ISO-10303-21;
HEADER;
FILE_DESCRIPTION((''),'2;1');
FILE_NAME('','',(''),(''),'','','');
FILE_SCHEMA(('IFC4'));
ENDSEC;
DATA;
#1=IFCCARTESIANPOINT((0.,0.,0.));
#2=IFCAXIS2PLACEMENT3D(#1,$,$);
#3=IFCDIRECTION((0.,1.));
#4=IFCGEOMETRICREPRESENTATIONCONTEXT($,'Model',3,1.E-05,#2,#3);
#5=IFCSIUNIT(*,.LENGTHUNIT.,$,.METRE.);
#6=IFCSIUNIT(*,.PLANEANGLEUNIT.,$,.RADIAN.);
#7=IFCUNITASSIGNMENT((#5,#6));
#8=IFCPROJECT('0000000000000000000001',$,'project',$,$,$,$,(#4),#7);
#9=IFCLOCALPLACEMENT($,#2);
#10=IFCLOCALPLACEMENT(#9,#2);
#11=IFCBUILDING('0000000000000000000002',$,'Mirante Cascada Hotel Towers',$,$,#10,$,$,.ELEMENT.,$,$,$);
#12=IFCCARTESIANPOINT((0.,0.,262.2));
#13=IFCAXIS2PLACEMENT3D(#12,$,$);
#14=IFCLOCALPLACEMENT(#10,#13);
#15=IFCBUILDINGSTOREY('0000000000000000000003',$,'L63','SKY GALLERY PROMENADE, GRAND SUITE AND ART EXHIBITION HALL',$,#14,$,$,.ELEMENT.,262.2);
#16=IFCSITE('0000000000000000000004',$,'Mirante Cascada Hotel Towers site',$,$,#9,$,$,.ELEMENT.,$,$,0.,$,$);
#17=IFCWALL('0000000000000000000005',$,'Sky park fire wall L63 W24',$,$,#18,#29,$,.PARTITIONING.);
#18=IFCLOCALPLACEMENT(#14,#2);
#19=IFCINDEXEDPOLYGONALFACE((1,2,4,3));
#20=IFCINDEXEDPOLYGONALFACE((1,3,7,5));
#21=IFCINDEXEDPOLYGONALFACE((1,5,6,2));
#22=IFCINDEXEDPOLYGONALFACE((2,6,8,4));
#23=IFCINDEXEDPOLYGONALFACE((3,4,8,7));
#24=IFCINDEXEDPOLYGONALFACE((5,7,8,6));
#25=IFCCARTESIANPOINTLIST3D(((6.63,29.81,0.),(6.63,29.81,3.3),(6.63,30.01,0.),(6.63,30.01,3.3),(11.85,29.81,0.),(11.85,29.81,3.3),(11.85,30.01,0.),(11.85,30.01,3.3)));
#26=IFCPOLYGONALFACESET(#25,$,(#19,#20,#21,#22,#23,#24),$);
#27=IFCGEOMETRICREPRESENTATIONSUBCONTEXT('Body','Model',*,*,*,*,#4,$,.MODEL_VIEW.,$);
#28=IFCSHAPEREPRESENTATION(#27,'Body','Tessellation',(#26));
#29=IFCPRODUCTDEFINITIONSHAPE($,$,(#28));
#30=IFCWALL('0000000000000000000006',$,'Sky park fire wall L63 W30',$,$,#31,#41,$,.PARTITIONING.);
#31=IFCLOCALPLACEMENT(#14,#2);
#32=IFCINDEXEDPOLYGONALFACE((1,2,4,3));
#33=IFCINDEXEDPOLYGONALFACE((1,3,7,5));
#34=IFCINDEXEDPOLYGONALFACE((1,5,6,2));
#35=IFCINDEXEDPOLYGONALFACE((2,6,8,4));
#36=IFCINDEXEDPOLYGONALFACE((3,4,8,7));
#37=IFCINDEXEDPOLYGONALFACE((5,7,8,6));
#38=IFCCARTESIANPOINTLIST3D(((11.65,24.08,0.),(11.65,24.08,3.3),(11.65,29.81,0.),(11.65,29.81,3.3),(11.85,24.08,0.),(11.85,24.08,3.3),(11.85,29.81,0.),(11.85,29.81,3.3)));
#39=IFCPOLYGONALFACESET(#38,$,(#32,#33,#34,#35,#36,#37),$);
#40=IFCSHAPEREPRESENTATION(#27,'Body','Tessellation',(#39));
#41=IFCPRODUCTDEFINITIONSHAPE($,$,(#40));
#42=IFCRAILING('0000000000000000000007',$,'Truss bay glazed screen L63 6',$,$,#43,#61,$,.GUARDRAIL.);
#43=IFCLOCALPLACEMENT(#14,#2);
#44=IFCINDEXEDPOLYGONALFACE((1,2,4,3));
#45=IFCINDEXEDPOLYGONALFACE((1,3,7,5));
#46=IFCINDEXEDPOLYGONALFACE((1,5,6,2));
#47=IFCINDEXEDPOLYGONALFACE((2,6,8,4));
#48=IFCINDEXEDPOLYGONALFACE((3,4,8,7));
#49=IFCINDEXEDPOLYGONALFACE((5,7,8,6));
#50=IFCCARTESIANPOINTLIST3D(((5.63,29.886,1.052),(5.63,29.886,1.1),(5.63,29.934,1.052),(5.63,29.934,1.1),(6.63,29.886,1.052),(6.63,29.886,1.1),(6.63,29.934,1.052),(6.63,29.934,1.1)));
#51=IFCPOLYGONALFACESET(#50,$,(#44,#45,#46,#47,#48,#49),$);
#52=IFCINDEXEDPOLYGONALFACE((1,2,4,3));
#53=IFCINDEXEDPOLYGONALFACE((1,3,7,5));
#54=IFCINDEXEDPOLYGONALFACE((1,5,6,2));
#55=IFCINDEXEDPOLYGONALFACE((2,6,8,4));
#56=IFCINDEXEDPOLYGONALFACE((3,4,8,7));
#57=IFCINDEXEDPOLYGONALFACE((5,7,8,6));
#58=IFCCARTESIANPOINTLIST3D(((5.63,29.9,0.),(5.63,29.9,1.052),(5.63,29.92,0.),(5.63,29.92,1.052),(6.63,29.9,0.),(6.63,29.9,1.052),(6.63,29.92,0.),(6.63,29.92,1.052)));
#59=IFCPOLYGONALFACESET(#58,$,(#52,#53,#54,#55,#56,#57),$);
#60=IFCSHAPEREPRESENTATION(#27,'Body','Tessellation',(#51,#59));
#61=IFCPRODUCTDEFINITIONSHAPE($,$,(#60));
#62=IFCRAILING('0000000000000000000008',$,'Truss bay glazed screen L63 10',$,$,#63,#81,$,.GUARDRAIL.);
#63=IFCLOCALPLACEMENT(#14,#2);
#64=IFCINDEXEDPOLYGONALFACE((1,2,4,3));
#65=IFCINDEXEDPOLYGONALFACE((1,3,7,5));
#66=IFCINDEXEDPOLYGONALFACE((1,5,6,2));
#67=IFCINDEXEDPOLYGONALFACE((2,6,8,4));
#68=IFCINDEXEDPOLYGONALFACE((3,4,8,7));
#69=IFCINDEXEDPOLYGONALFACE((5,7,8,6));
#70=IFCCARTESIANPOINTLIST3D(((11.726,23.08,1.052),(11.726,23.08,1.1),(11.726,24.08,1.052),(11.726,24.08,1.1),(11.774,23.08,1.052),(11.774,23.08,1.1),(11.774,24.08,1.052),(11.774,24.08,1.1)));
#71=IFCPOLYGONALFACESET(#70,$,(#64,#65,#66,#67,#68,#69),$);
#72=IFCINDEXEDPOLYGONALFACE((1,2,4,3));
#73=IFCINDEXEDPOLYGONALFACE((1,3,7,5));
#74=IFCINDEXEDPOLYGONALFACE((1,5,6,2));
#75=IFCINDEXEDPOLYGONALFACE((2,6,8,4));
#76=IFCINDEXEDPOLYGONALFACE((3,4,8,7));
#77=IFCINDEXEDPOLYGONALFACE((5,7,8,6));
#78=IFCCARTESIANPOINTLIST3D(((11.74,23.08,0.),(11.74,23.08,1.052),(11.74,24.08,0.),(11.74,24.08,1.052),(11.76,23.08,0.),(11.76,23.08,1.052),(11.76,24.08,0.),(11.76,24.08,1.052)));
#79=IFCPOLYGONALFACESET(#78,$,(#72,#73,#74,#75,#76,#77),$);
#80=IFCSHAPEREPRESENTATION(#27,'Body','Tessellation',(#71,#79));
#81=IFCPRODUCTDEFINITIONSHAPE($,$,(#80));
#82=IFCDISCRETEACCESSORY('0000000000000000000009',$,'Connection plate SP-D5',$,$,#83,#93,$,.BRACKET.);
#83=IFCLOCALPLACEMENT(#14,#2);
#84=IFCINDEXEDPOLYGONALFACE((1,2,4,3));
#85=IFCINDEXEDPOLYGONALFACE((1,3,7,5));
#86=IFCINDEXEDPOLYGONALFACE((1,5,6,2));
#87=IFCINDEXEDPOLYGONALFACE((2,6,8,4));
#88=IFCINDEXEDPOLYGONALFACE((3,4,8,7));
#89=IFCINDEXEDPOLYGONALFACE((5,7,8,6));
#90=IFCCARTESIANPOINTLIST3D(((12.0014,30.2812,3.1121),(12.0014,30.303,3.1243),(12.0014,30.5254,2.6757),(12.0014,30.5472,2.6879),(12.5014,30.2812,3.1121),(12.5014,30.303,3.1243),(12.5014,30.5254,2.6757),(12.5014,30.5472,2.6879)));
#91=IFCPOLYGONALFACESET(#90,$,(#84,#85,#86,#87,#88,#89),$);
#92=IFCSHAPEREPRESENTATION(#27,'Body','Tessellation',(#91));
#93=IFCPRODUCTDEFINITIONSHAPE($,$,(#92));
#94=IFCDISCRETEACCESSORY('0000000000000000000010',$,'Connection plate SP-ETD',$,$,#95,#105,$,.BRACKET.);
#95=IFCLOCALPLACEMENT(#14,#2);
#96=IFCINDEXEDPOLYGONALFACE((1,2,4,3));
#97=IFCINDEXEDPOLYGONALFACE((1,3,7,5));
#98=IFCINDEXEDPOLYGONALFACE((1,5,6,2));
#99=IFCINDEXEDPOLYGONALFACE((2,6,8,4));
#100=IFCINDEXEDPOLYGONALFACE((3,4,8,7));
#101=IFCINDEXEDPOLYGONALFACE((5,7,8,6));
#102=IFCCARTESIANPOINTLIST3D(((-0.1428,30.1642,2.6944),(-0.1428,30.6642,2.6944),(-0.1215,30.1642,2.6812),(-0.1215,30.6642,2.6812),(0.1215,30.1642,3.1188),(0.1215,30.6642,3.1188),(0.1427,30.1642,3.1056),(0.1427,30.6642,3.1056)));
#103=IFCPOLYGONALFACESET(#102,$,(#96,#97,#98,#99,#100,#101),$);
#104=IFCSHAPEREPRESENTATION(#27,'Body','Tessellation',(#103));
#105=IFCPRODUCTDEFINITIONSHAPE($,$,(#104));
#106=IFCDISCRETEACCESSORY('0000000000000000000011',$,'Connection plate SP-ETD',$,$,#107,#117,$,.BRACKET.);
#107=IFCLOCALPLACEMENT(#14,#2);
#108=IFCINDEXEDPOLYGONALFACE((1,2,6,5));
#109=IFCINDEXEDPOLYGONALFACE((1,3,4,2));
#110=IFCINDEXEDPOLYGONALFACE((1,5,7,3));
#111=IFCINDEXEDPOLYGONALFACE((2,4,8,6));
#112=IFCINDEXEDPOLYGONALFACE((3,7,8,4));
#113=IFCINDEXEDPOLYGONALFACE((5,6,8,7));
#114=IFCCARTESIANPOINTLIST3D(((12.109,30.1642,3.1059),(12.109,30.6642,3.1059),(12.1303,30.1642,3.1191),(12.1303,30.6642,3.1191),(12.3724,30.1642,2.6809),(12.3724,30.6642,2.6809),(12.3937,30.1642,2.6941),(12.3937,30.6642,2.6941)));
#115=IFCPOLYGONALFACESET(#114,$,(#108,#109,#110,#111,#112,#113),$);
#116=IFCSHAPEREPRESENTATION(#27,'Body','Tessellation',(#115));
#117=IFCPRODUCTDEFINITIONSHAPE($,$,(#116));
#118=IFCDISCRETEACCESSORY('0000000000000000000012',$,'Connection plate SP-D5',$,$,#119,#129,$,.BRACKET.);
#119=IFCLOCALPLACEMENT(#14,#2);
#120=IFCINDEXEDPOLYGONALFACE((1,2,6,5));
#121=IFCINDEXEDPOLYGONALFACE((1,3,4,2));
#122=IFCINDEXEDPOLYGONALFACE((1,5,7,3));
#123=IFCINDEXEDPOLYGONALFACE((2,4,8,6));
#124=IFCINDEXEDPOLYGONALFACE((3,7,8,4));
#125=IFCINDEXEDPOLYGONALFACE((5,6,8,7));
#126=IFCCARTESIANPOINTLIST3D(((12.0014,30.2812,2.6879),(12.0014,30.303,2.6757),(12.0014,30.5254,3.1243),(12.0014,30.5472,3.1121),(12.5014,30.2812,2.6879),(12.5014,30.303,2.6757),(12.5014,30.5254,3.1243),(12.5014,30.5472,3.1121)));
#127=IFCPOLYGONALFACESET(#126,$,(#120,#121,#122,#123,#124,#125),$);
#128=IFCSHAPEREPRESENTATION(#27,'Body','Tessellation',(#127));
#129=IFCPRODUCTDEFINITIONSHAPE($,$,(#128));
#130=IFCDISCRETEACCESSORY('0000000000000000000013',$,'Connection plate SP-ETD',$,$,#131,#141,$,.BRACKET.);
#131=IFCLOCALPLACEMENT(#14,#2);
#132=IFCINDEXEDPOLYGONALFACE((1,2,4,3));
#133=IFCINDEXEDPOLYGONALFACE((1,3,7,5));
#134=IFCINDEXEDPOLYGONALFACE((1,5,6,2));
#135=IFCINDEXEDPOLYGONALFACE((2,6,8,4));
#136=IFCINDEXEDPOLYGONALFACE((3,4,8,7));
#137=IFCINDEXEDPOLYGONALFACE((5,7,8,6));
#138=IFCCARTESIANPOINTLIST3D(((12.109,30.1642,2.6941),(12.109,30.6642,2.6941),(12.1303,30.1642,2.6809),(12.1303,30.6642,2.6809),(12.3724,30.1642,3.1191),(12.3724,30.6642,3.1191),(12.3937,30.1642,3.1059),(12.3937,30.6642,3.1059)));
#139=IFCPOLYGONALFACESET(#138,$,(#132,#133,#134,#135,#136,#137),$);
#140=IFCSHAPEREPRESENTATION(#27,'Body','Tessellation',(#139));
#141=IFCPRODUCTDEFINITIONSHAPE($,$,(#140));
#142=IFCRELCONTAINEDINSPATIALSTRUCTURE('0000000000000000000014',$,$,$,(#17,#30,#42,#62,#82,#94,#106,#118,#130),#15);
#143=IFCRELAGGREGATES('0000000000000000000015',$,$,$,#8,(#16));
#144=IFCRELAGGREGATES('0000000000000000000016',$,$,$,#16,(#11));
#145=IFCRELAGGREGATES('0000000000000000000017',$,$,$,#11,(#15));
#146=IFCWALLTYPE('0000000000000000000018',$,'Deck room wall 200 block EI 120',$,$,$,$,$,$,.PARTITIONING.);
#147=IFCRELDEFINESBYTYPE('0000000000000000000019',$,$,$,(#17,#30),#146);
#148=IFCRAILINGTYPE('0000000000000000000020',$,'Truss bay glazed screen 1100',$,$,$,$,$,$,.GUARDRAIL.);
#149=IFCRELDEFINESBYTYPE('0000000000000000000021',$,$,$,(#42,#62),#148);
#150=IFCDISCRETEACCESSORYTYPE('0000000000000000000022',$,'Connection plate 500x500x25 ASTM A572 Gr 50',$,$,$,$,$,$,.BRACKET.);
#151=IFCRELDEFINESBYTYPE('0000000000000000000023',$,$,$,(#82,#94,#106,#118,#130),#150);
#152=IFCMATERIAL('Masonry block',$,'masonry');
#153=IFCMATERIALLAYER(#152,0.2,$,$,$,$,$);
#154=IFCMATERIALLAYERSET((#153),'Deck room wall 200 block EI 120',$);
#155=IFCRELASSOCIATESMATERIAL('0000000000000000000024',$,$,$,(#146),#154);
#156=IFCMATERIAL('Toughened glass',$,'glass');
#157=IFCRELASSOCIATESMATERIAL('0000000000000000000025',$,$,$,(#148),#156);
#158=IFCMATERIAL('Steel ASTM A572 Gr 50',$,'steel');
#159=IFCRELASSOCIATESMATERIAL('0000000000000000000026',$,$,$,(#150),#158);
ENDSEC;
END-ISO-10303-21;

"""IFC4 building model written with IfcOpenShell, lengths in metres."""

from ifc_helpers import new_model, si_unit, direction, frame, frame_2d, origin, origin_2d, place, context, subcontext, project, spatial, rectangle, extrude, material, layer, layer_set, material_profile, profile_set, type_object, element, save


model = new_model("IFC4")

# Units and contexts
model_context = context("Model", 3, precision=1e-05, world=origin(), true_north=direction((0.0, 1.0)))
body_context = subcontext(model_context, "Body", "Model", "MODEL_VIEW")
ifc_project = project(units=[si_unit("LENGTHUNIT", "METRE"), si_unit("PLANEANGLEUNIT", "RADIAN")], contexts=[model_context])

# Site, building, storey
site_placement = place(None, origin())
site = spatial("IfcSite", under=ifc_project, at=site_placement, Name="Mirante Cascada Hotel Towers site", CompositionType="ELEMENT", RefElevation=0.0)
building_placement = place(site_placement, origin())
building = spatial("IfcBuilding", under=site, at=building_placement, Name="Mirante Cascada Hotel Towers", CompositionType="ELEMENT")
storey_placement = place(building_placement, frame((0.0, 0.0, 262.2)))
storey = spatial("IfcBuildingStorey", under=building, at=storey_placement, Name="L63", Description="SKY GALLERY PROMENADE, GRAND SUITE AND ART EXHIBITION HALL", CompositionType="ELEMENT", Elevation=262.2)

# Walls
ifc_material_1 = material(Name="Masonry block", Category="masonry")
ifc_layer_1 = layer(ifc_material_1, 0.2)
ifc_layer_set_1 = layer_set([ifc_layer_1], Name="Deck room wall 200 block EI 120")
wall_type = type_object("IfcWallType", Name="Deck room wall 200 block EI 120", PredefinedType="PARTITIONING", material=ifc_layer_set_1)
wall_1_placement = place(storey_placement, frame((6.63, 29.91, 0.0), z_axis=(0.0, 0.0, 1.0), x_axis=(1.0, 0.0, 0.0)))
element("IfcWall", 1, at=wall_1_placement, inside=storey, type_object=wall_type, Name="Sky park fire wall L63 W24", PredefinedType="PARTITIONING", context=body_context, shape_type="SweptSolid", body=[
    extrude(rectangle(XDim=5.22, YDim=0.2, at=frame_2d((2.61, 0.0))), origin(), (0.0, 0.0, 1.0), 3.3),
])
wall_2_placement = place(storey_placement, frame((11.75, 24.08, 0.0), z_axis=(0.0, 0.0, 1.0), x_axis=(0.0, 1.0, 0.0)))
element("IfcWall", 2, at=wall_2_placement, inside=storey, type_object=wall_type, Name="Sky park fire wall L63 W30", PredefinedType="PARTITIONING", context=body_context, shape_type="SweptSolid", body=[
    extrude(rectangle(XDim=5.73, YDim=0.2, at=frame_2d((2.865, 0.0))), origin(), (0.0, 0.0, 1.0), 3.3),
])

# Railings
ifc_material_2 = material(Name="Toughened glass", Category="glass")
railing_type = type_object("IfcRailingType", Name="Truss bay glazed screen 1100", PredefinedType="GUARDRAIL", material=ifc_material_2)
railing_1_placement = place(storey_placement, frame((5.63, 29.91, 0.0)))
element("IfcRailing", 3, at=railing_1_placement, inside=storey, type_object=railing_type, Name="Truss bay glazed screen L63 6", PredefinedType="GUARDRAIL", context=body_context, shape_type="SweptSolid", body=[
    extrude(rectangle(XDim=0.048, YDim=0.048, at=origin_2d()), frame((0.0, 0.0, 1.076), z_axis=(1.0, 0.0, 0.0), x_axis=(0.0, 1.0, 0.0)), (0.0, 0.0, 1.0), 1.0),
    extrude(rectangle(XDim=0.02, YDim=1.052, at=origin_2d()), frame((0.0, 0.0, 0.526), z_axis=(1.0, 0.0, 0.0), x_axis=(0.0, 1.0, 0.0)), (0.0, 0.0, 1.0), 1.0),
])
railing_2_placement = place(storey_placement, frame((11.75, 23.08, 0.0)))
element("IfcRailing", 4, at=railing_2_placement, inside=storey, type_object=railing_type, Name="Truss bay glazed screen L63 10", PredefinedType="GUARDRAIL", context=body_context, shape_type="SweptSolid", body=[
    extrude(rectangle(XDim=0.048, YDim=0.048, at=origin_2d()), frame((0.0, 0.0, 1.076), z_axis=(0.0, 1.0, 0.0), x_axis=(-1.0, 0.0, 0.0)), (0.0, 0.0, 1.0), 1.0),
    extrude(rectangle(XDim=0.02, YDim=1.052, at=origin_2d()), frame((0.0, 0.0, 0.526), z_axis=(0.0, 1.0, 0.0), x_axis=(-1.0, 0.0, 0.0)), (0.0, 0.0, 1.0), 1.0),
])

# Discrete accessories
ifc_material_3 = material(Name="Steel ASTM A572 Gr 50", Category="steel")
ifc_material_profile_1 = material_profile(ifc_material_3, rectangle(XDim=0.5, YDim=0.5, at=origin_2d()), Name="Connection plate 500x500x25 ASTM A572 Gr 50")
ifc_profile_set_1 = profile_set([ifc_material_profile_1], Name="Steel ASTM A572 Gr 50")
discrete_accessory_type = type_object("IfcDiscreteAccessoryType", Name="Connection plate 500x500x25 ASTM A572 Gr 50", PredefinedType="BRACKET", material=ifc_profile_set_1)
for number, where, z_axis, x_axis, name in (
    (5, (12.2514, 30.4033, 2.8939), (0.0, 0.872642, 0.48836), (-1.0, 0.0, 0.0), "Connection plate SP-D5"),
    (6, (0.0106, 30.4142, 2.8934), (-0.848897, 0.0, 0.528559), (0.0, -1.0, 0.0), "Connection plate SP-ETD"),
):
    element("IfcDiscreteAccessory", number, at=place(storey_placement, frame(where, z_axis=z_axis, x_axis=x_axis)), inside=storey, type_object=discrete_accessory_type, Name=name, PredefinedType="BRACKET", context=body_context, shape_type="SweptSolid", body=[
        extrude(rectangle(XDim=0.5, YDim=0.5, at=origin_2d()), origin(), (0.0, 0.0, 1.0), 0.025),
    ])
discrete_accessory_1_placement = place(storey_placement, frame((12.2407, 30.4142, 2.8934), z_axis=(0.85001, 0.0, 0.526767), x_axis=(0.0, 1.0, 0.0)))
element("IfcDiscreteAccessory", 7, at=discrete_accessory_1_placement, inside=storey, type_object=discrete_accessory_type, Name="Connection plate SP-ETD", PredefinedType="BRACKET", context=body_context, shape_type="SweptSolid", body=[
    extrude(rectangle(XDim=0.5, YDim=0.5, at=origin_2d()), origin(), (0.0, 0.0, 1.0), 0.0251),
])
discrete_accessory_2_placement = place(storey_placement, frame((12.2514, 30.4251, 2.8939), z_axis=(0.0, -0.872642, 0.48836), x_axis=(1.0, 0.0, 0.0)))
element("IfcDiscreteAccessory", 8, at=discrete_accessory_2_placement, inside=storey, type_object=discrete_accessory_type, Name="Connection plate SP-D5", PredefinedType="BRACKET", context=body_context, shape_type="SweptSolid", body=[
    extrude(rectangle(XDim=0.5, YDim=0.5, at=origin_2d()), origin(), (0.0, 0.0, 1.0), 0.025),
])
discrete_accessory_3_placement = place(storey_placement, frame((12.262, 30.4142, 2.8934), z_axis=(-0.85001, 0.0, 0.526767), x_axis=(0.0, -1.0, 0.0)))
element("IfcDiscreteAccessory", 9, at=discrete_accessory_3_placement, inside=storey, type_object=discrete_accessory_type, Name="Connection plate SP-ETD", PredefinedType="BRACKET", context=body_context, shape_type="SweptSolid", body=[
    extrude(rectangle(XDim=0.5, YDim=0.5, at=origin_2d()), origin(), (0.0, 0.0, 1.0), 0.0251),
])

save(model, "model.ifc")
